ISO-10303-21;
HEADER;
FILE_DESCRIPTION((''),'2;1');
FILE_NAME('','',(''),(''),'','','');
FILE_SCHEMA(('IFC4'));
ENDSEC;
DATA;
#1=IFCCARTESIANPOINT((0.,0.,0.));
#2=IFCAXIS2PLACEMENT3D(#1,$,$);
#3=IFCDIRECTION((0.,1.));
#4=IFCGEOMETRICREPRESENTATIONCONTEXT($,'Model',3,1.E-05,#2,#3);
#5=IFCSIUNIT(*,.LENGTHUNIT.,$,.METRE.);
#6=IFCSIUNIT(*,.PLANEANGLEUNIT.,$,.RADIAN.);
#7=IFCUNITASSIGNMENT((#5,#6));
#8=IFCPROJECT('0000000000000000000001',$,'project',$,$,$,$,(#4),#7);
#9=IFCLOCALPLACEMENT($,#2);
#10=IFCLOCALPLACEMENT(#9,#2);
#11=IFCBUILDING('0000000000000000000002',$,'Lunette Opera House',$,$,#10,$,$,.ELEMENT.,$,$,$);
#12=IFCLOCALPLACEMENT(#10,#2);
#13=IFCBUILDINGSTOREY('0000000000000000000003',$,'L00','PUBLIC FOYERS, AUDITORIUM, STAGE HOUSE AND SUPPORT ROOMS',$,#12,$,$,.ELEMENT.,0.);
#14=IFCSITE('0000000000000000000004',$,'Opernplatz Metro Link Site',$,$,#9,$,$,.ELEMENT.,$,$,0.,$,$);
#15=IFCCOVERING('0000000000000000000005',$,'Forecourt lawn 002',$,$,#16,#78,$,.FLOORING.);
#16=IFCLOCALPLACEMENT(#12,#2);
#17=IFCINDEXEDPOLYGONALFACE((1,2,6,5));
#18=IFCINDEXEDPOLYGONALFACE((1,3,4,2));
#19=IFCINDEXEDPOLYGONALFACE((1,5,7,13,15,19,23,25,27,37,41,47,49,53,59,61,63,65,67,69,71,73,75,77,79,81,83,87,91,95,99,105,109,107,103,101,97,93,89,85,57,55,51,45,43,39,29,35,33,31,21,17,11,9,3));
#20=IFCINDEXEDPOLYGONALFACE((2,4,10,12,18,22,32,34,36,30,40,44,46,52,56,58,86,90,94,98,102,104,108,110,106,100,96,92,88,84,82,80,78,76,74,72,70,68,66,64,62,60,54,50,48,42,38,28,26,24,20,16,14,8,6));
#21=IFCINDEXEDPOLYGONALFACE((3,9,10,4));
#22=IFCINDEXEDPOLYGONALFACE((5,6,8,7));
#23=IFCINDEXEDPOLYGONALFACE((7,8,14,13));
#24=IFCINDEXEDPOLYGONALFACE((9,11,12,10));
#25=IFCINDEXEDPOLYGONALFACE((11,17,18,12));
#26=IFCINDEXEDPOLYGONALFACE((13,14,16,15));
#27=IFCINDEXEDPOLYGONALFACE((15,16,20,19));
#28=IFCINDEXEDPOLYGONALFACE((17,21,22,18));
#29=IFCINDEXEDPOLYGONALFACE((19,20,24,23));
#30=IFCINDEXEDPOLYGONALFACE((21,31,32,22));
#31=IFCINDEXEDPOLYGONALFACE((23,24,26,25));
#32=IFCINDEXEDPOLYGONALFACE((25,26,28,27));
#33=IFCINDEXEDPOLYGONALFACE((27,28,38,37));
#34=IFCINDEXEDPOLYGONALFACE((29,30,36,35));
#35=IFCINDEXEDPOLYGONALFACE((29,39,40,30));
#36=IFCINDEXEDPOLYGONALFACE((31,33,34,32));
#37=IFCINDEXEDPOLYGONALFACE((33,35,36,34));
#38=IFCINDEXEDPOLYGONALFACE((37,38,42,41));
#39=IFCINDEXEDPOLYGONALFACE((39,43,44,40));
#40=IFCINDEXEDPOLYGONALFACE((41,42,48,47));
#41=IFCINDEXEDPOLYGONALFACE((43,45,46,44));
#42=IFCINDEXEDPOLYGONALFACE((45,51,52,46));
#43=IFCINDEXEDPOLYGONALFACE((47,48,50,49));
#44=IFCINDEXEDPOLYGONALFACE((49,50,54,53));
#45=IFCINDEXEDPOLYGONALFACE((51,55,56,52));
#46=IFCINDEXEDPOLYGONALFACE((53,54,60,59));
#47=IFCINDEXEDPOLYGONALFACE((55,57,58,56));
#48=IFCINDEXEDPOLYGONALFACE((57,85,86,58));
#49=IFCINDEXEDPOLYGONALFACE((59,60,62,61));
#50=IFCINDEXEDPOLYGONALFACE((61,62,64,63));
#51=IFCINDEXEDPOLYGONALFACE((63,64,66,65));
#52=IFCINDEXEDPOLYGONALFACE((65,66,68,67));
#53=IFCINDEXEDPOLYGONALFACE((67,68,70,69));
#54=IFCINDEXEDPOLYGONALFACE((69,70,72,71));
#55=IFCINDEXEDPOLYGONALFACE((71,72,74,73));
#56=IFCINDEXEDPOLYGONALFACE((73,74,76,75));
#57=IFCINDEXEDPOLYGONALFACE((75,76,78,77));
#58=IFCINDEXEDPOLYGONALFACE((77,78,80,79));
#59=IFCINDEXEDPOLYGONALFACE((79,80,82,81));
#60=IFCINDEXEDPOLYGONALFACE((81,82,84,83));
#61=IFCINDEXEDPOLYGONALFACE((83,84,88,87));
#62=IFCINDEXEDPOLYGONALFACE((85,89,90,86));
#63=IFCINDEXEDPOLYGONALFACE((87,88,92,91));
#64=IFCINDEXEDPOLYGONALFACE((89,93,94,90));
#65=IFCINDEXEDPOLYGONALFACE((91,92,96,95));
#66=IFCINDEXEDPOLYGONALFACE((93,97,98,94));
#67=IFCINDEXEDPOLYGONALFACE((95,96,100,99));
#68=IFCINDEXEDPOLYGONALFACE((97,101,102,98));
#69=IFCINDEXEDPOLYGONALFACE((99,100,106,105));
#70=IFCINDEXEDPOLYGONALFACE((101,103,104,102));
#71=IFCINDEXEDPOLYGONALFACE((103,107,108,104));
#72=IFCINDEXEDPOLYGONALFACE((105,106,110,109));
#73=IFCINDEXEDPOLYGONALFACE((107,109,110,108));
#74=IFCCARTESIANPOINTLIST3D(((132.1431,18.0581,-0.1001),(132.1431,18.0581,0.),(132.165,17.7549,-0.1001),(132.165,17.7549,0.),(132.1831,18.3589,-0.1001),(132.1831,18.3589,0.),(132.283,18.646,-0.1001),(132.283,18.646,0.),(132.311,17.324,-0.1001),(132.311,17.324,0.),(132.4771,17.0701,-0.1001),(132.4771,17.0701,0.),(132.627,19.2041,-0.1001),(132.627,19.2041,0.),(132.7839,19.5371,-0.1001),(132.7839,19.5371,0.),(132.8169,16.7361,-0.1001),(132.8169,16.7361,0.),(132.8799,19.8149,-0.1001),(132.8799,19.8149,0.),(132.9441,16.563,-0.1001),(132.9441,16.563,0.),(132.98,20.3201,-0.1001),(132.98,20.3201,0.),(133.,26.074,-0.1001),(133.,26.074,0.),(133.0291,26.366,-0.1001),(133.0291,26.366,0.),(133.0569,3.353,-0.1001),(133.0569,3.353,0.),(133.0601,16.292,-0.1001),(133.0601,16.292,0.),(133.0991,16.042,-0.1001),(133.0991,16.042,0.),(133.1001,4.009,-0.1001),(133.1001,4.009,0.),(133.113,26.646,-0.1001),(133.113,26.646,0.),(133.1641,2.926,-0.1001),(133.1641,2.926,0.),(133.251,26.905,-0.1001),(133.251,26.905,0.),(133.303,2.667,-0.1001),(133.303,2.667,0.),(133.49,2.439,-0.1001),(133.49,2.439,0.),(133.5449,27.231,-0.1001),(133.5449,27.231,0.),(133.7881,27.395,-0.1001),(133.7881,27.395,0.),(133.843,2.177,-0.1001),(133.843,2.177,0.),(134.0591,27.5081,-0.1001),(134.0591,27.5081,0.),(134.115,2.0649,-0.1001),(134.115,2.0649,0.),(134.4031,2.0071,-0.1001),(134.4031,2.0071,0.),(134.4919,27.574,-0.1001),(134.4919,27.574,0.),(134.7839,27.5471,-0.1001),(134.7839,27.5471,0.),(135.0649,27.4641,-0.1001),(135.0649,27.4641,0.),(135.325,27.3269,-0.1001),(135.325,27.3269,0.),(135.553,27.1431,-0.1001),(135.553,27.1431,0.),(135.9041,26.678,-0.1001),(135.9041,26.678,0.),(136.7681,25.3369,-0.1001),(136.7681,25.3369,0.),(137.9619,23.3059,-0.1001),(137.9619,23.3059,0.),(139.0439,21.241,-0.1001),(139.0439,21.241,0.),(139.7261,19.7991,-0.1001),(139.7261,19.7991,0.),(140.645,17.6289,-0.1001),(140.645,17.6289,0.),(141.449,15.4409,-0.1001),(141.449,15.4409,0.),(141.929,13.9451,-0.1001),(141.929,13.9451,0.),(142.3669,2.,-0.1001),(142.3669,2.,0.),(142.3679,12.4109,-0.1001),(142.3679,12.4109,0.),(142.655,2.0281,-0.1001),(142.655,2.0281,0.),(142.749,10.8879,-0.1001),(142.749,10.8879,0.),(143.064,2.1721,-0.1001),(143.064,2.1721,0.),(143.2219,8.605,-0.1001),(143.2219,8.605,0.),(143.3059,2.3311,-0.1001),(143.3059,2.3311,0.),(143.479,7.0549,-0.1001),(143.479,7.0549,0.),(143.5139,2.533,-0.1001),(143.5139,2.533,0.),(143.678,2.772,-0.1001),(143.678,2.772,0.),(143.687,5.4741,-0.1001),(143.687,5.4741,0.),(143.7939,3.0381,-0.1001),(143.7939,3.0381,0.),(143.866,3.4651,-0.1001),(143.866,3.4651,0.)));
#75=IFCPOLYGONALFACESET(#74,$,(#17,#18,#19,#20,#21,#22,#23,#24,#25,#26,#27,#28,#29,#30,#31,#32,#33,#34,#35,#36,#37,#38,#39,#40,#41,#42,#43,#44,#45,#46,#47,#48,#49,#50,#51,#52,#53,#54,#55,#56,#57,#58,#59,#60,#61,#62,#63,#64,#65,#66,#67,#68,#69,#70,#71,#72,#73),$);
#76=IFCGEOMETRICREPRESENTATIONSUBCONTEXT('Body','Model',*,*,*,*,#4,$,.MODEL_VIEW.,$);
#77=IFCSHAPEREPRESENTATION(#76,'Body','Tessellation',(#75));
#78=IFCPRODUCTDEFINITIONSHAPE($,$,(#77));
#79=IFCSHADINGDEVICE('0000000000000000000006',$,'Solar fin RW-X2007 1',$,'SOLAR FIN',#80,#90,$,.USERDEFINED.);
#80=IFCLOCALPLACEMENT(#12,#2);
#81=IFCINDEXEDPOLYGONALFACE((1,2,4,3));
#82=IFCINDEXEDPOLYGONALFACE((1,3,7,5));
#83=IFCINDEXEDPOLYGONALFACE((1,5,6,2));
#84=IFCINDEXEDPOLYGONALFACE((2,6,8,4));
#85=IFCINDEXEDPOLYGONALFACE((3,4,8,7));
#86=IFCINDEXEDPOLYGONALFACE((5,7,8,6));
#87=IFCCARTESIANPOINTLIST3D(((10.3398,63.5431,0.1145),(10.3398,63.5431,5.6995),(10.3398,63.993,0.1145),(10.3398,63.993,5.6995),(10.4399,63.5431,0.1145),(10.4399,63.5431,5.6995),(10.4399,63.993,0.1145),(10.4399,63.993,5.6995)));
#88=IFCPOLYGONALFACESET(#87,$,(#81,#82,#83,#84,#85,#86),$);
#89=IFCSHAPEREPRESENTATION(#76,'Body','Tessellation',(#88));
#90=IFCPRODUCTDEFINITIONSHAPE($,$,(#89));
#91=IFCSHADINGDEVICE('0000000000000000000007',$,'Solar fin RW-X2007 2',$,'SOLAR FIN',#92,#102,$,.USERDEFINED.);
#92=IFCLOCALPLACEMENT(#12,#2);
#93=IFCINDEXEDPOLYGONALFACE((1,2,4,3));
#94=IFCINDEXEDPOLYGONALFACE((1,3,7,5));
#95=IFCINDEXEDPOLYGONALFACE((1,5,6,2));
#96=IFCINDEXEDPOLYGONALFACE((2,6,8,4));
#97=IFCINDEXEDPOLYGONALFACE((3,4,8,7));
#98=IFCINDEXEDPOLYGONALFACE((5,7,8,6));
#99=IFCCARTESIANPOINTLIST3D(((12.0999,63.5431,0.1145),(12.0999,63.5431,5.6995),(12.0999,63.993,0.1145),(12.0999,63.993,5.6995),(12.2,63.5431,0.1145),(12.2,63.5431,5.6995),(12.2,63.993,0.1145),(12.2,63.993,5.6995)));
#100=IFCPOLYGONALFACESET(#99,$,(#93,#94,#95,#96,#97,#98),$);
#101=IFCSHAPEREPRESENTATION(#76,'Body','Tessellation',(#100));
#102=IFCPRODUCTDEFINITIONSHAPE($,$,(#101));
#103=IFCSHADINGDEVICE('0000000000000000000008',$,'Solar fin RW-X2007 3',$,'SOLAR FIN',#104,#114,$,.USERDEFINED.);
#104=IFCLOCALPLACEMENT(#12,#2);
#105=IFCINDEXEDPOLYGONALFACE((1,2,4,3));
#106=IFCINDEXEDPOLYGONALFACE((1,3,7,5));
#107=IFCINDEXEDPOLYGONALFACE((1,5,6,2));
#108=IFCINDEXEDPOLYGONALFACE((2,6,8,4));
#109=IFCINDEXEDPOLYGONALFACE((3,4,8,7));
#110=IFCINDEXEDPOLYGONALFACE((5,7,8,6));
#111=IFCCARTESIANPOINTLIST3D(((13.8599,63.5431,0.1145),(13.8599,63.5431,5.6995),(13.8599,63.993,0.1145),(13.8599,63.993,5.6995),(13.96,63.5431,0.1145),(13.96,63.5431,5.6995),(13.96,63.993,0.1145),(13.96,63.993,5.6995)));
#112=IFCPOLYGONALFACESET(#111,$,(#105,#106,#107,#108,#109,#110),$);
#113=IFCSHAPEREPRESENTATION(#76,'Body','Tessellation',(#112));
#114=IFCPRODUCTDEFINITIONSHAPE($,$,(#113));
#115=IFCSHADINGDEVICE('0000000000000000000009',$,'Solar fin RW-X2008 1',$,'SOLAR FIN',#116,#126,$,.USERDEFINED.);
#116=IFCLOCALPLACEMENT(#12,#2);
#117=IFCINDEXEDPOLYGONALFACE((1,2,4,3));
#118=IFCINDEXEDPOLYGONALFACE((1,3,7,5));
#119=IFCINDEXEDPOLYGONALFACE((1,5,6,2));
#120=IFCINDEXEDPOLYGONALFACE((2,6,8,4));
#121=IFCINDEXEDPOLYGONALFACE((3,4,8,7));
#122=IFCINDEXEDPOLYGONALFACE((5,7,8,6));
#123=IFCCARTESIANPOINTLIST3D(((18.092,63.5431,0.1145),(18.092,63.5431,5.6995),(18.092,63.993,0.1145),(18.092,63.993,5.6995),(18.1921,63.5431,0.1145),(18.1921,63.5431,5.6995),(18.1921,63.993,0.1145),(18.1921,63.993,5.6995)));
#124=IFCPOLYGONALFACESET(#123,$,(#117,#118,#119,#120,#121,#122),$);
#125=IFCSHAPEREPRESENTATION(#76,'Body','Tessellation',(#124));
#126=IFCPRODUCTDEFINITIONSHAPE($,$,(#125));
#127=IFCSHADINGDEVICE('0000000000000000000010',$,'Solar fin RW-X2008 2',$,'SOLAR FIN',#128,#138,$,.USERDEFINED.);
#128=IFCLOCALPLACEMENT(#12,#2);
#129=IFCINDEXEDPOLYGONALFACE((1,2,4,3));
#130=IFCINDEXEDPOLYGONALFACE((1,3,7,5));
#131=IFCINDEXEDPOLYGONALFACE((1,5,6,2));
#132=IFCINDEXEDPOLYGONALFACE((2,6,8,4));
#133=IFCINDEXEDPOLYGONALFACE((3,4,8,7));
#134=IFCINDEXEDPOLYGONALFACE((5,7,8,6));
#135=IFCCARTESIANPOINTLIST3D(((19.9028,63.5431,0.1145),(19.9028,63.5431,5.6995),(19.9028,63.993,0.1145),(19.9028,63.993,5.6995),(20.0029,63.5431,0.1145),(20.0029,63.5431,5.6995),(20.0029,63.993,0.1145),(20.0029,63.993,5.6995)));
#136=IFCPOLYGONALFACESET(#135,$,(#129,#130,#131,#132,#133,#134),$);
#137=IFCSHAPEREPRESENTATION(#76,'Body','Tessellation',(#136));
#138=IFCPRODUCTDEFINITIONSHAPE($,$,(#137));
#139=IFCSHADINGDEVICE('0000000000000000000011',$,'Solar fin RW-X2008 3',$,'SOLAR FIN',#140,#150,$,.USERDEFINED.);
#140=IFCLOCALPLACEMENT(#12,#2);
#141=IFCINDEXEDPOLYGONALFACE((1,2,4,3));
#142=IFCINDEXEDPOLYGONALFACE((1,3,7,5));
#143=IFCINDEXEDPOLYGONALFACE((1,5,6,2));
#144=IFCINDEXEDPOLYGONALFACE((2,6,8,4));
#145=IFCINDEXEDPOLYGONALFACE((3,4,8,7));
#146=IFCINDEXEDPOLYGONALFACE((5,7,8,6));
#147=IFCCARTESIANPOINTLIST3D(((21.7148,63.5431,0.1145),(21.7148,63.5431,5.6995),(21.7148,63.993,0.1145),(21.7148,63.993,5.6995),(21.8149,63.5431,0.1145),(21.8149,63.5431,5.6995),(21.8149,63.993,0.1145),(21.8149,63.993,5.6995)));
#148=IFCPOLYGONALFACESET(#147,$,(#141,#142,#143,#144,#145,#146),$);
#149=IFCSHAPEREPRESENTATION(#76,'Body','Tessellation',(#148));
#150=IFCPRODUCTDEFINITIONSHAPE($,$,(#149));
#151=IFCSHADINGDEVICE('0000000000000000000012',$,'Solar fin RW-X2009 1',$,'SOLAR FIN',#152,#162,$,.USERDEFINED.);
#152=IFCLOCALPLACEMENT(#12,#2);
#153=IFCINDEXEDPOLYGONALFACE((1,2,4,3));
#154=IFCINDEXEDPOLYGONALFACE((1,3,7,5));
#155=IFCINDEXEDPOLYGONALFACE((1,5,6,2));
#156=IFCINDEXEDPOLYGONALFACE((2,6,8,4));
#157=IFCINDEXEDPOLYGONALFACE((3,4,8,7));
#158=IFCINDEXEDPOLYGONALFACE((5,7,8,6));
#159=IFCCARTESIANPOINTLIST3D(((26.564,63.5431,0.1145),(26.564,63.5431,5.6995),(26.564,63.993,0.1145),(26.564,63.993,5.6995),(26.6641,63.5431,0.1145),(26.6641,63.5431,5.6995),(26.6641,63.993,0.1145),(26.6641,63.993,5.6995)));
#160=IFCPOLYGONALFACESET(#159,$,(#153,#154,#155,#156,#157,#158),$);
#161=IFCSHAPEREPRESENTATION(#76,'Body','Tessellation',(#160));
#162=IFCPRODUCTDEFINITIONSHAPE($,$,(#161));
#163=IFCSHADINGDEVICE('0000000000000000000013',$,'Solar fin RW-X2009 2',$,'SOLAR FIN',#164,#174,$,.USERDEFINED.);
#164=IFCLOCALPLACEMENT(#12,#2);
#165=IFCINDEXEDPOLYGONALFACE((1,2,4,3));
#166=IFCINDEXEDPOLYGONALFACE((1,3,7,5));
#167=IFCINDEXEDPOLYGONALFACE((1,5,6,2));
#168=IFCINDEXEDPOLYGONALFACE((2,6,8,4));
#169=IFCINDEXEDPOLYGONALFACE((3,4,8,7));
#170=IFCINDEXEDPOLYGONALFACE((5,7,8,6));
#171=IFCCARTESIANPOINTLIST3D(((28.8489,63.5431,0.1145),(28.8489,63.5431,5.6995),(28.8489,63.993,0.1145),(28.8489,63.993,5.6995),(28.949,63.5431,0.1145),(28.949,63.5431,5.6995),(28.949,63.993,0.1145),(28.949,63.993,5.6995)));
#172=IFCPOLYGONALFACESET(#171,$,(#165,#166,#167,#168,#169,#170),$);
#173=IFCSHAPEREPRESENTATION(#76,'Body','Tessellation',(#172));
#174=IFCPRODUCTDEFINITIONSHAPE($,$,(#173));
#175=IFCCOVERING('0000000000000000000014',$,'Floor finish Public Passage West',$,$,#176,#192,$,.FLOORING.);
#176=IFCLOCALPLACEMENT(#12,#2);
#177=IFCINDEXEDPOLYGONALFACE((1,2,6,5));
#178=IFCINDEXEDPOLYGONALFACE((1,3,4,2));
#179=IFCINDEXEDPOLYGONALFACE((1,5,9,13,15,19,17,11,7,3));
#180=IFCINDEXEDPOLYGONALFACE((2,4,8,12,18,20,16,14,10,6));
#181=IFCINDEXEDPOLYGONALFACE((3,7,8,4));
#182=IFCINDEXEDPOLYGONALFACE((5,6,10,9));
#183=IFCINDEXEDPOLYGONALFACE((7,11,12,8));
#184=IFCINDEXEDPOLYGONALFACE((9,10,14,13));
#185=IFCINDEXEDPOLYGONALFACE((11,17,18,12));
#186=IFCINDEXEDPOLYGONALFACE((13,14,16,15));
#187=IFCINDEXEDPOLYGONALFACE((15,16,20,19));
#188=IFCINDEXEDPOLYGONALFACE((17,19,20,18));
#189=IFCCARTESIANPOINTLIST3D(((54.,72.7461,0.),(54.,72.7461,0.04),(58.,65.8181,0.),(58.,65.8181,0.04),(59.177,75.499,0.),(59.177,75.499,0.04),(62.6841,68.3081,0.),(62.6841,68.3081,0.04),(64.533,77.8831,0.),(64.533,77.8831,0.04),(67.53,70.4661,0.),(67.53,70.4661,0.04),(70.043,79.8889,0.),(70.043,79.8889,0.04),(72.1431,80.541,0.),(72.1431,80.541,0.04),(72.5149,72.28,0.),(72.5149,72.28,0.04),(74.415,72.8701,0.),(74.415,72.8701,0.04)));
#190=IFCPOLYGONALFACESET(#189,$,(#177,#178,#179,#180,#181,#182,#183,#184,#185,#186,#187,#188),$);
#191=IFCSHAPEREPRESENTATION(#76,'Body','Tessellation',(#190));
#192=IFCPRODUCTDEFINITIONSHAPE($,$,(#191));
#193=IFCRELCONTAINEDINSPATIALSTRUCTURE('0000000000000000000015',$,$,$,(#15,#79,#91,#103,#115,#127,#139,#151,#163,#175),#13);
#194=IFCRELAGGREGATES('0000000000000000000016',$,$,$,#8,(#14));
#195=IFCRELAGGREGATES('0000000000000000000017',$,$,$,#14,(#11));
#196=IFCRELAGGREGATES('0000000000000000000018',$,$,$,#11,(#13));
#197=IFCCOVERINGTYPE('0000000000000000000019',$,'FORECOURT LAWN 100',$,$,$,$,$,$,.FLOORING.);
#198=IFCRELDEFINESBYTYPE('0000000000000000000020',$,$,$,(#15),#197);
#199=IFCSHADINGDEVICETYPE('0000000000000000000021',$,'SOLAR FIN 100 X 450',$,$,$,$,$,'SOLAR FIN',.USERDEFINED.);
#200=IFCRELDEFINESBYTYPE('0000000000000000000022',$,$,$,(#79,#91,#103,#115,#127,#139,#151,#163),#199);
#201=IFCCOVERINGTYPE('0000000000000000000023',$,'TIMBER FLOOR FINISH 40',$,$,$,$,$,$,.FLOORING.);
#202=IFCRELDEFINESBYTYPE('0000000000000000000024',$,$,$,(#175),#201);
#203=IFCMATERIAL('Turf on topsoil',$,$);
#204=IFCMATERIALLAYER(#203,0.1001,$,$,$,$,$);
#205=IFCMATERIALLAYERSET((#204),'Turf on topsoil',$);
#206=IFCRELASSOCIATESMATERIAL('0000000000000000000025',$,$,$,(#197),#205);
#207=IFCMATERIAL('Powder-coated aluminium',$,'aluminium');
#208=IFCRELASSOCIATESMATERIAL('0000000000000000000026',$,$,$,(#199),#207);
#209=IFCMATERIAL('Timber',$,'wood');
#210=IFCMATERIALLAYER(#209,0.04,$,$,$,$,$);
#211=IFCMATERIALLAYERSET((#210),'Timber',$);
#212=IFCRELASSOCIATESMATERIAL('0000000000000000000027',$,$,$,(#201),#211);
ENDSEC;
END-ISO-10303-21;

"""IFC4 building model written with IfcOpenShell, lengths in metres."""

from ifc_helpers import new_model, si_unit, direction, frame, origin, origin_2d, place, context, subcontext, project, spatial, polyline, rectangle, outline, extrude, material, layer, layer_set, type_object, element, save


model = new_model("IFC4")

# Units and contexts
model_context = context("Model", 3, precision=1e-05, world=origin(), true_north=direction((0.0, 1.0)))
body_context = subcontext(model_context, "Body", "Model", "MODEL_VIEW")
ifc_project = project(units=[si_unit("LENGTHUNIT", "METRE"), si_unit("PLANEANGLEUNIT", "RADIAN")], contexts=[model_context])

# Site, building, storey
site_placement = place(None, origin())
site = spatial("IfcSite", under=ifc_project, at=site_placement, Name="Opernplatz Metro Link Site", CompositionType="ELEMENT", RefElevation=0.0)
building_placement = place(site_placement, origin())
building = spatial("IfcBuilding", under=site, at=building_placement, Name="Lunette Opera House", CompositionType="ELEMENT")
storey_placement = place(building_placement, origin())
storey = spatial("IfcBuildingStorey", under=building, at=storey_placement, Name="L00", Description="PUBLIC FOYERS, AUDITORIUM, STAGE HOUSE AND SUPPORT ROOMS", CompositionType="ELEMENT", Elevation=0.0)

# Covering
ifc_material_1 = material(Name="Turf on topsoil")
ifc_layer_1 = layer(ifc_material_1, 0.1001)
ifc_layer_set_1 = layer_set([ifc_layer_1], Name="Turf on topsoil")
covering_type_1 = type_object("IfcCoveringType", Name="FORECOURT LAWN 100", PredefinedType="FLOORING", material=ifc_layer_set_1)
covering_1_placement = place(storey_placement, frame((0.0, 0.0, -0.1001)))
element("IfcCovering", 1, at=covering_1_placement, inside=storey, type_object=covering_type_1, Name="Forecourt lawn 002", PredefinedType="FLOORING", context=body_context, shape_type="SweptSolid", body=[
    extrude(outline(polyline([(134.4031, 2.0071), (134.115, 2.0649), (133.843, 2.177), (133.49, 2.439), (133.303, 2.667), (133.1641, 2.926), (133.0569, 3.353), (133.1001, 4.009), (133.0991, 16.042), (133.0601, 16.292), (132.9441, 16.563), (132.8169, 16.7361), (132.4771, 17.0701), (132.311, 17.324), (132.165, 17.7549), (132.1431, 18.0581), (132.1831, 18.3589), (132.283, 18.646), (132.627, 19.2041), (132.7839, 19.5371), (132.8799, 19.8149), (132.98, 20.3201), (133.0, 26.074), (133.0291, 26.366), (133.113, 26.646), (133.251, 26.905), (133.5449, 27.231), (133.7881, 27.395), (134.0591, 27.5081), (134.4919, 27.574), (134.7839, 27.5471), (135.0649, 27.4641), (135.325, 27.3269), (135.553, 27.1431), (135.9041, 26.678), (136.7681, 25.3369), (137.9619, 23.3059), (139.0439, 21.241), (139.7261, 19.7991), (140.645, 17.6289), (141.449, 15.4409), (141.929, 13.9451), (142.3679, 12.4109), (142.749, 10.8879), (143.2219, 8.605), (143.479, 7.0549), (143.687, 5.4741), (143.866, 3.4651), (143.7939, 3.0381), (143.678, 2.772), (143.5139, 2.533), (143.3059, 2.3311), (143.064, 2.1721), (142.655, 2.0281), (142.3669, 2.0), (134.4031, 2.0071)])), origin(), (0.0, 0.0, 1.0), 0.1001),
])

# Shading devices
ifc_material_2 = material(Name="Powder-coated aluminium", Category="aluminium")
shading_device_type = type_object("IfcShadingDeviceType", Name="SOLAR FIN 100 X 450", ElementType="SOLAR FIN", PredefinedType="USERDEFINED", material=ifc_material_2)
for number, where, z_axis, x_axis, name in (
    (2, (10.3899, 63.7681, 0.1145), (0.0, 0.0, 1.0), (0.0, -1.0, 0.0), "Solar fin RW-X2007 1"),
    (3, (12.1499, 63.7681, 0.1145), (0.0, 0.0, 1.0), (0.0, -1.0, 0.0), "Solar fin RW-X2007 2"),
    (4, (13.9099, 63.7681, 0.1145), (0.0, 0.0, 1.0), (0.0, -1.0, 0.0), "Solar fin RW-X2007 3"),
    (5, (18.1421, 63.7681, 0.1145), (0.0, 0.0, 1.0), (0.0, -1.0, 0.0), "Solar fin RW-X2008 1"),
    (6, (19.9529, 63.7681, 0.1145), (0.0, 0.0, 1.0), (0.0, -1.0, 0.0), "Solar fin RW-X2008 2"),
    (7, (21.7649, 63.7681, 0.1145), (0.0, 0.0, 1.0), (0.0, -1.0, 0.0), "Solar fin RW-X2008 3"),
    (8, (26.614, 63.7681, 0.1145), (0.0, 0.0, 1.0), (0.0, -1.0, 0.0), "Solar fin RW-X2009 1"),
    (9, (28.8989, 63.7681, 0.1145), (0.0, 0.0, 1.0), (0.0, -1.0, 0.0), "Solar fin RW-X2009 2"),
):
    element("IfcShadingDevice", number, at=place(storey_placement, frame(where, z_axis=z_axis, x_axis=x_axis)), inside=storey, type_object=shading_device_type, Name=name, ObjectType="SOLAR FIN", PredefinedType="USERDEFINED", context=body_context, shape_type="SweptSolid", body=[
        extrude(rectangle(XDim=0.45, YDim=0.1001, at=origin_2d()), origin(), (0.0, 0.0, 1.0), 5.585),
    ])

# Covering
ifc_material_3 = material(Name="Timber", Category="wood")
ifc_layer_2 = layer(ifc_material_3, 0.04)
ifc_layer_set_2 = layer_set([ifc_layer_2], Name="Timber")
covering_type_2 = type_object("IfcCoveringType", Name="TIMBER FLOOR FINISH 40", PredefinedType="FLOORING", material=ifc_layer_set_2)
covering_2_placement = place(storey_placement, origin())
element("IfcCovering", 10, at=covering_2_placement, inside=storey, type_object=covering_type_2, Name="Floor finish Public Passage West", PredefinedType="FLOORING", context=body_context, shape_type="SweptSolid", body=[
    extrude(outline(polyline([(64.533, 77.8831), (70.043, 79.8889), (72.1431, 80.541), (74.415, 72.8701), (72.5149, 72.28), (67.53, 70.4661), (62.6841, 68.3081), (58.0, 65.8181), (54.0, 72.7461), (59.177, 75.499), (64.533, 77.8831)])), origin(), (0.0, 0.0, 1.0), 0.04),
])

save(model, "model.ifc")
